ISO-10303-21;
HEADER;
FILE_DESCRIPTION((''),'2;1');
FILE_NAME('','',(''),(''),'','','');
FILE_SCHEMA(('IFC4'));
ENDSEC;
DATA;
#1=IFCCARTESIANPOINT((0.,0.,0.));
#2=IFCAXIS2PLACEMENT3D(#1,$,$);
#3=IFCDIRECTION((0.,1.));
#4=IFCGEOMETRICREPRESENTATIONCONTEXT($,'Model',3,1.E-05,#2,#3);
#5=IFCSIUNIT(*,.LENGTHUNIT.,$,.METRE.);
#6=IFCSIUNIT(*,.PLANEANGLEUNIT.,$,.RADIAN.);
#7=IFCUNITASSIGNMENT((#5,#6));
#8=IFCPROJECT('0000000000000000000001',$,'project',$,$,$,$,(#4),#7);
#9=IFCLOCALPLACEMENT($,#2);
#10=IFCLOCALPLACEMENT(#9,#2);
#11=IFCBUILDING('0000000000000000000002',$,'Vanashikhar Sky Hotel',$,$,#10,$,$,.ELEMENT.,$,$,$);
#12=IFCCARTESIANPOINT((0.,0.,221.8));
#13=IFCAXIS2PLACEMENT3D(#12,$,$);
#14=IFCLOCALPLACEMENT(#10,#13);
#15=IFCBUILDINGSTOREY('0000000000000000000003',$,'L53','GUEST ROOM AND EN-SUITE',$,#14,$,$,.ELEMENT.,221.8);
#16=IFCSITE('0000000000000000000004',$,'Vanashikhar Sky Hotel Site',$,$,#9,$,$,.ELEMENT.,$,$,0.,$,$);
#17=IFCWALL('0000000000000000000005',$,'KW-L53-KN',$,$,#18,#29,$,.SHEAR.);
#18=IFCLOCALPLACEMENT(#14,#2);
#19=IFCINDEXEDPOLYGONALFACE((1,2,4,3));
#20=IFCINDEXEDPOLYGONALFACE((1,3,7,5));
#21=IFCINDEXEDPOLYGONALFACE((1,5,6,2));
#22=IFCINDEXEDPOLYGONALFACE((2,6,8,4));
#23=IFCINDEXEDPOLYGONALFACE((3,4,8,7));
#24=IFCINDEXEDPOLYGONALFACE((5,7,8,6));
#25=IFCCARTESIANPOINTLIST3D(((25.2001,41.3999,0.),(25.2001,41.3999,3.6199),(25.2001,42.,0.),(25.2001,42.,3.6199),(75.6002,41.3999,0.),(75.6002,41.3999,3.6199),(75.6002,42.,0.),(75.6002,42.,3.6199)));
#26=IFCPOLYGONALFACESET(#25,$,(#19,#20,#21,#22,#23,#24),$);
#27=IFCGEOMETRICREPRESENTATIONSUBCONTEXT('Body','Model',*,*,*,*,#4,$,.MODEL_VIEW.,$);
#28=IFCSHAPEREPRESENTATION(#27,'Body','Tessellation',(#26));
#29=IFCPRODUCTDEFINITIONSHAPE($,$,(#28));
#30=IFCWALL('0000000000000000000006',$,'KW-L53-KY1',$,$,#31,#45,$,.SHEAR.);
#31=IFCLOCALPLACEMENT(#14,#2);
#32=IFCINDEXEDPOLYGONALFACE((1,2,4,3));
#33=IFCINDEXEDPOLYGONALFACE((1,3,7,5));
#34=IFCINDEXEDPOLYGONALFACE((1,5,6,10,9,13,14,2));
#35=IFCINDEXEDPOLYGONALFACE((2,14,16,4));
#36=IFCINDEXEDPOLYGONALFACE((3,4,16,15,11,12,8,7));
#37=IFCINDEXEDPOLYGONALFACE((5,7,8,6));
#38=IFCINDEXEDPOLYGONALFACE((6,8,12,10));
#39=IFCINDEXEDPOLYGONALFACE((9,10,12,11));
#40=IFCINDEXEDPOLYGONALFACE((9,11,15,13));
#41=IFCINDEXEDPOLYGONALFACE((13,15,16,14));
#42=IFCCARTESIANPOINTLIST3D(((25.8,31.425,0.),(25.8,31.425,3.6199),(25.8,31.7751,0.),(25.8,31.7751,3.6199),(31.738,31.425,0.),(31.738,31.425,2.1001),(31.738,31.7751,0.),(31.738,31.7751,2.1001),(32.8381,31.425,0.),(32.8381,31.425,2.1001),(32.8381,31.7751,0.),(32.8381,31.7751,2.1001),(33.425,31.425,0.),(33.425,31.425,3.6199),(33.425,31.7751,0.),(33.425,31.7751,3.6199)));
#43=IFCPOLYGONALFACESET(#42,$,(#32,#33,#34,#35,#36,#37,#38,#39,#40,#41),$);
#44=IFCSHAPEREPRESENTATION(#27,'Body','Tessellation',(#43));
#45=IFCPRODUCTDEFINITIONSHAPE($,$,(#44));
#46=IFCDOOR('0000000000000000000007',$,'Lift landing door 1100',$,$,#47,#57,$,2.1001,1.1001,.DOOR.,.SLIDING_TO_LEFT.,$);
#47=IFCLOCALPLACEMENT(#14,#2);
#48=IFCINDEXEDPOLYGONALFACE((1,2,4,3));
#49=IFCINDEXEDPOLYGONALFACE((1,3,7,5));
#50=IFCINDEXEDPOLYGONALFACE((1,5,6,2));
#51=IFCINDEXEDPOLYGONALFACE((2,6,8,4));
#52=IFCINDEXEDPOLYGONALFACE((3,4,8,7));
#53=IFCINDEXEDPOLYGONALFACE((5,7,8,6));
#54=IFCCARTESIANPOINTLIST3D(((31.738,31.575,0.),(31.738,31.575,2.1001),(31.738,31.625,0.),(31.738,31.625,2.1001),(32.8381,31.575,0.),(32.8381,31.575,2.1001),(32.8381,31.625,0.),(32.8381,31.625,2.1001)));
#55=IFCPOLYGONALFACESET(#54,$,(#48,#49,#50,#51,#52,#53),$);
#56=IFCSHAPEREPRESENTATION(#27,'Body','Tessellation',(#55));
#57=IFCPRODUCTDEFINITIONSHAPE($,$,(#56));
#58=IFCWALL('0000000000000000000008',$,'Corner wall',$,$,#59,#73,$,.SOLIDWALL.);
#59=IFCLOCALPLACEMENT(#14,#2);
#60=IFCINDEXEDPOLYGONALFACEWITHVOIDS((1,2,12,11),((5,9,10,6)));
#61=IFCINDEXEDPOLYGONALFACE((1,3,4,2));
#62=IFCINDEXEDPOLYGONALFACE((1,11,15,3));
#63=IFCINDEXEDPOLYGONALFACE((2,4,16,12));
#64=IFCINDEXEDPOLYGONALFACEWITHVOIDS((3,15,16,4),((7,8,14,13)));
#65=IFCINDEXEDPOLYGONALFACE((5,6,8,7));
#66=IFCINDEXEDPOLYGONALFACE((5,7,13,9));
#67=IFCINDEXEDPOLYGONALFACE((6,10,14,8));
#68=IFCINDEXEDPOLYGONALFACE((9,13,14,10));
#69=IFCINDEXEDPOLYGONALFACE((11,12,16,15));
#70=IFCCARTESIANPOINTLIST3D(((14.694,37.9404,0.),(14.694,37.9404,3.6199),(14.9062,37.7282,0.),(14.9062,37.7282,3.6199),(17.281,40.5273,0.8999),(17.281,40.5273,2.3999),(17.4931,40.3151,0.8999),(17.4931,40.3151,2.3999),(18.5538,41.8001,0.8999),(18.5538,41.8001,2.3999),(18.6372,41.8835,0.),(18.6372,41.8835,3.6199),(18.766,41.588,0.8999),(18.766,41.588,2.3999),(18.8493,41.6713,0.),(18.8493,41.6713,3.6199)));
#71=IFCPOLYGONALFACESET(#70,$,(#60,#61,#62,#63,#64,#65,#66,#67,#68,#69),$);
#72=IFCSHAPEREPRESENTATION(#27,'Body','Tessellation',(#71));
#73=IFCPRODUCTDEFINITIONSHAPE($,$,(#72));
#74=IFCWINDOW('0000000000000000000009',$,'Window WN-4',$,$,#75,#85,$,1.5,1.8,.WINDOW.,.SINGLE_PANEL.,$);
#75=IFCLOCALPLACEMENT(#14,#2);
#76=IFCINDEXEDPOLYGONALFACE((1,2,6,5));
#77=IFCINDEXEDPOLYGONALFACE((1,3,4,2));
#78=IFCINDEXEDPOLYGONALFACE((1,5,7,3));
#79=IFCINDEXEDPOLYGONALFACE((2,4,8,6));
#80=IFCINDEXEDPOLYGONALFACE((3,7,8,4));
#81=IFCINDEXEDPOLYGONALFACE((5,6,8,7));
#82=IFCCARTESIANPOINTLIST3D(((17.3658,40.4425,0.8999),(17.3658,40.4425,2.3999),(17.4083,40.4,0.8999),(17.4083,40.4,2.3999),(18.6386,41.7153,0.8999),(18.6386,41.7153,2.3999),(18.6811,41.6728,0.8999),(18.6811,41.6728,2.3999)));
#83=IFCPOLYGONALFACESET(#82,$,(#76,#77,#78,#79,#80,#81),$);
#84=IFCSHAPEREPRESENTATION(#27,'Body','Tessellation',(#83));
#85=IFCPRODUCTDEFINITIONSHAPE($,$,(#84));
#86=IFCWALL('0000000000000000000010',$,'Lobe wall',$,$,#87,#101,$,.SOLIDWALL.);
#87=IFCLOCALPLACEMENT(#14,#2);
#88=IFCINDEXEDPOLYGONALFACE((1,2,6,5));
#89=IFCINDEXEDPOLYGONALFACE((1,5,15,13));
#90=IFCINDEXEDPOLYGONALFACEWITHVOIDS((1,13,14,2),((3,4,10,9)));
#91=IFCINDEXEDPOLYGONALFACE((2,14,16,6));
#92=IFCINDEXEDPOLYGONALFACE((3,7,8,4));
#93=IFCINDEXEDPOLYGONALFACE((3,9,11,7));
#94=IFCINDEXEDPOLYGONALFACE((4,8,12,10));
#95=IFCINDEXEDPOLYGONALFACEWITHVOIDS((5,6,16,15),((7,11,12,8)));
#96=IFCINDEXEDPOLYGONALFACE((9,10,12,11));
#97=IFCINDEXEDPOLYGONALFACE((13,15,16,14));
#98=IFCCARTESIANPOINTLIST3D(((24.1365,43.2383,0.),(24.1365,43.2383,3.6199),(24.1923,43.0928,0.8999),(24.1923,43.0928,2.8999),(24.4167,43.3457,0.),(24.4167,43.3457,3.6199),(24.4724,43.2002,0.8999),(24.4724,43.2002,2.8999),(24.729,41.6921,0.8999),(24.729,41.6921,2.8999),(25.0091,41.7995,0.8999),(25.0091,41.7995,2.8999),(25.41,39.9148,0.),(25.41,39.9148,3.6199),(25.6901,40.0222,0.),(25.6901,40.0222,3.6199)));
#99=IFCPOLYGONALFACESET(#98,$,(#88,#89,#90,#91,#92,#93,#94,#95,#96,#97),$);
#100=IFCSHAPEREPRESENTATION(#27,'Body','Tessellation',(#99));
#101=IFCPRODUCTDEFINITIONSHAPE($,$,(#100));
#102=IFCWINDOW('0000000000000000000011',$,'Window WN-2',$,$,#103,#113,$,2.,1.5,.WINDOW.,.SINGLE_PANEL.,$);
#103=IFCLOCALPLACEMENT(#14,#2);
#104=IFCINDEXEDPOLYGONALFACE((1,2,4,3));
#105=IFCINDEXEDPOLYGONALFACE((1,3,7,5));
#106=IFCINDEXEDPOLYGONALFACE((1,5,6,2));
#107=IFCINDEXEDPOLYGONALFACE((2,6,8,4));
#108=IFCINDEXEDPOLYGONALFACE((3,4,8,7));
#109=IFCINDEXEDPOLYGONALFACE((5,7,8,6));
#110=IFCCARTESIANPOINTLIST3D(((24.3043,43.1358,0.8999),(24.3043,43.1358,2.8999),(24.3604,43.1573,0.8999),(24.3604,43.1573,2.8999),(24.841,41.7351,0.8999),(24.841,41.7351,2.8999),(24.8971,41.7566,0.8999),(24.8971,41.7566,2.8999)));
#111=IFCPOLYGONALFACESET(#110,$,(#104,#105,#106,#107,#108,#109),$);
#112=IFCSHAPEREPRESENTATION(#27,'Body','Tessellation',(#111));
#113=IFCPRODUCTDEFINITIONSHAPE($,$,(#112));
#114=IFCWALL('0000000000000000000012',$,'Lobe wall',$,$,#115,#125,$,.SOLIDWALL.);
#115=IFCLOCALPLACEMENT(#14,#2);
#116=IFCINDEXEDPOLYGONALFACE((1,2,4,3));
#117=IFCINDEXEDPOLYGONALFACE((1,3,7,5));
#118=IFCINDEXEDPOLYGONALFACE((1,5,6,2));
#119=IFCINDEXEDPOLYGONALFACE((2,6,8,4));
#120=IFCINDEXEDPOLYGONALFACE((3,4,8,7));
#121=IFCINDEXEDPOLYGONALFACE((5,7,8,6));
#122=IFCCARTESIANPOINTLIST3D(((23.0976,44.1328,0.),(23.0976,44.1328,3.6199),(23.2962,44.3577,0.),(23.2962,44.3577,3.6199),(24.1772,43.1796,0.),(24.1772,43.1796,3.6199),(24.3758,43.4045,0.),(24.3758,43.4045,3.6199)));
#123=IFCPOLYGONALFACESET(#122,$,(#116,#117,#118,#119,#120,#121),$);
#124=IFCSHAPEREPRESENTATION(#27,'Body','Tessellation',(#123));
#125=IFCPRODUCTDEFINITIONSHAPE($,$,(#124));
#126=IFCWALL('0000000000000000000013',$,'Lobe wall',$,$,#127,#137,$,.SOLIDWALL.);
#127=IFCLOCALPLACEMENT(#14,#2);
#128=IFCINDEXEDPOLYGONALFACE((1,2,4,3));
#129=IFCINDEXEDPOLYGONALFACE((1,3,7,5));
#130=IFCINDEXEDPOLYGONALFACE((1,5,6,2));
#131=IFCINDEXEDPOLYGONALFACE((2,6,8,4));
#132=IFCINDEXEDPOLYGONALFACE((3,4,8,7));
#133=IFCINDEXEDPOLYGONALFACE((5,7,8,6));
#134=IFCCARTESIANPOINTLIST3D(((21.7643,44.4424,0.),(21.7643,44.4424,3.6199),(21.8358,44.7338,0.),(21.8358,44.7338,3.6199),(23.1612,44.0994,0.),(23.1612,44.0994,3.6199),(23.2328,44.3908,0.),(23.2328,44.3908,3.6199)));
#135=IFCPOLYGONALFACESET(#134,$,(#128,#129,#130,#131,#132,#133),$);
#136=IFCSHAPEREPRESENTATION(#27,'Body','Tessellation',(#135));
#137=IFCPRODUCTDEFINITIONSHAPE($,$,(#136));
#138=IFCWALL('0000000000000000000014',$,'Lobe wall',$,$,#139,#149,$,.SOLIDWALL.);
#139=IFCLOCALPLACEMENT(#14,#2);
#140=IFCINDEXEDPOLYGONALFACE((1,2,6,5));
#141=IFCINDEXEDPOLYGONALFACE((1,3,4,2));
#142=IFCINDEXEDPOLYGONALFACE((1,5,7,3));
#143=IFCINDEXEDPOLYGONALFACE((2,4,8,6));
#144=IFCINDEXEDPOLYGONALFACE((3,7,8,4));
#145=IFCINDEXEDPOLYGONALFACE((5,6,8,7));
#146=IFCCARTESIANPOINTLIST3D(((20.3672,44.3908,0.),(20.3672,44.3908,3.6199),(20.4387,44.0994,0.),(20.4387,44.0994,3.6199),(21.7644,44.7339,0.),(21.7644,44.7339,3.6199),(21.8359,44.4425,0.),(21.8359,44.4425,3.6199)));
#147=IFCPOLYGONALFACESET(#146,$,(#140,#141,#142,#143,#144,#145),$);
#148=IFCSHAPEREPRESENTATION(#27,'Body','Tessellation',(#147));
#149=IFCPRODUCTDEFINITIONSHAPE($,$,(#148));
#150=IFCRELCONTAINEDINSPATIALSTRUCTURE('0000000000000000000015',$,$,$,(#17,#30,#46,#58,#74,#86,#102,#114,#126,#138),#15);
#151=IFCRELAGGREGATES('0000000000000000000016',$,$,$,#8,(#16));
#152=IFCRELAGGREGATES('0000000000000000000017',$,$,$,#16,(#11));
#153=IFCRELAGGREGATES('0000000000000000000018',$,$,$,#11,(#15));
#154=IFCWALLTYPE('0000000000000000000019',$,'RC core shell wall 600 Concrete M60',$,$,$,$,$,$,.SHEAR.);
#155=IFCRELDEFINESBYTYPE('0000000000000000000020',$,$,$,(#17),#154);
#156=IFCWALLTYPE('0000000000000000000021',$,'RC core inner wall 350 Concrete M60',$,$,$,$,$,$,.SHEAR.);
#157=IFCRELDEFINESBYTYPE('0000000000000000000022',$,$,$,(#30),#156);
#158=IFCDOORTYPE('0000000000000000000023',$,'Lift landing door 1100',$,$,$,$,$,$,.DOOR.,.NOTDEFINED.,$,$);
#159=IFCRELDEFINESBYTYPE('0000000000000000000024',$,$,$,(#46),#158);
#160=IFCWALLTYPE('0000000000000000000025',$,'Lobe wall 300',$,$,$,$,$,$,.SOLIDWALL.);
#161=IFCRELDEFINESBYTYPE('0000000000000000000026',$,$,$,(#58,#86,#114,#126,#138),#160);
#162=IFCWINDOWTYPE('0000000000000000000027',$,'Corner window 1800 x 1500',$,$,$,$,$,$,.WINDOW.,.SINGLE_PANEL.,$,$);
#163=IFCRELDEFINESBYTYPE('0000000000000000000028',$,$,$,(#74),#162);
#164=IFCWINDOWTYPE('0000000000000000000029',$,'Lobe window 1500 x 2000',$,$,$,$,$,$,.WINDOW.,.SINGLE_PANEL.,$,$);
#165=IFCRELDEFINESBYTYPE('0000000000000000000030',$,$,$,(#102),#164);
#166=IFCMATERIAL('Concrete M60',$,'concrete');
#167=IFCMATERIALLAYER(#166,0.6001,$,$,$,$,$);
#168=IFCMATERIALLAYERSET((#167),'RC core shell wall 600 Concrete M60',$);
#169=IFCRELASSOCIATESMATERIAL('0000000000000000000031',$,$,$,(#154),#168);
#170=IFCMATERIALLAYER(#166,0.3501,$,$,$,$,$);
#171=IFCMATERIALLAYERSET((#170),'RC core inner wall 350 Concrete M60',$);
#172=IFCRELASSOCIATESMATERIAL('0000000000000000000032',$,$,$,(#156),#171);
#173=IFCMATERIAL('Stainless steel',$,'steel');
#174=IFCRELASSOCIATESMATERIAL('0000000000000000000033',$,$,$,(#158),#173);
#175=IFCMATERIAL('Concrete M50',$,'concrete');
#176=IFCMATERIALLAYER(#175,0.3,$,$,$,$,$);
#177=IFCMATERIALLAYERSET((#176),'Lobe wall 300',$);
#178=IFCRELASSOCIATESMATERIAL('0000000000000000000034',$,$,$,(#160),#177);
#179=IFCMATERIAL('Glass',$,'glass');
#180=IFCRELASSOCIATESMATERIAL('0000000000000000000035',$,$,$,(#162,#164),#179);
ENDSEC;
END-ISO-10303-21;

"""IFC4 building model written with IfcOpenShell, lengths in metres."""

from ifc_helpers import new_model, si_unit, direction, frame, frame_2d, origin, place, context, subcontext, project, spatial, rectangle, extrude, source, transform, mapped, material, layer, layer_set, type_object, element, fill, save


model = new_model("IFC4")

# Units and contexts
model_context = context("Model", 3, precision=1e-05, world=origin(), true_north=direction((0.0, 1.0)))
body_context = subcontext(model_context, "Body", "Model", "MODEL_VIEW")
ifc_project = project(units=[si_unit("LENGTHUNIT", "METRE"), si_unit("PLANEANGLEUNIT", "RADIAN")], contexts=[model_context])

# Site, building, storey
site_placement = place(None, origin())
site = spatial("IfcSite", under=ifc_project, at=site_placement, Name="Vanashikhar Sky Hotel Site", CompositionType="ELEMENT", RefElevation=0.0)
building_placement = place(site_placement, origin())
building = spatial("IfcBuilding", under=site, at=building_placement, Name="Vanashikhar Sky Hotel", CompositionType="ELEMENT")
storey_placement = place(building_placement, frame((0.0, 0.0, 221.8)))
storey = spatial("IfcBuildingStorey", under=building, at=storey_placement, Name="L53", Description="GUEST ROOM AND EN-SUITE", CompositionType="ELEMENT", Elevation=221.8)

# Wall
ifc_material_1 = material(Name="Concrete M60", Category="concrete")
ifc_layer_1 = layer(ifc_material_1, 0.6001)
ifc_layer_set_1 = layer_set([ifc_layer_1], Name="RC core shell wall 600 Concrete M60")
wall_type_1 = type_object("IfcWallType", Name="RC core shell wall 600 Concrete M60", PredefinedType="SHEAR", material=ifc_layer_set_1)
shared_shape_1 = source(origin(), body_context, "Body", "SweptSolid", [
    extrude(rectangle(XDim=50.4001, YDim=0.6001, at=frame_2d((25.2002, 0.0))), origin(), (0.0, 0.0, 1.0), 3.6199),
])
wall_1_placement = place(storey_placement, frame((25.2, 41.7, 0.0), z_axis=(0.0, 0.0, 1.0), x_axis=(1.0, 0.0, 0.0)))
element("IfcWall", 1, at=wall_1_placement, inside=storey, type_object=wall_type_1, Name="KW-L53-KN", PredefinedType="SHEAR", context=body_context, shape_type="MappedRepresentation", body=[
    mapped(shared_shape_1, transform((0.0, 0.0, 0.0), scale=1.0)),
])

# Wall, opening, door
ifc_layer_2 = layer(ifc_material_1, 0.3501)
ifc_layer_set_2 = layer_set([ifc_layer_2], Name="RC core inner wall 350 Concrete M60")
wall_type_2 = type_object("IfcWallType", Name="RC core inner wall 350 Concrete M60", PredefinedType="SHEAR", material=ifc_layer_set_2)
shared_shape_2 = source(origin(), body_context, "Body", "SweptSolid", [
    extrude(rectangle(XDim=7.625, YDim=0.3501, at=frame_2d((3.8125, 0.0))), origin(), (0.0, 0.0, 1.0), 3.6199),
])
wall_2_placement = place(storey_placement, frame((25.8, 31.6001, 0.0), z_axis=(0.0, 0.0, 1.0), x_axis=(1.0, 0.0, 0.0)))
wall_2 = element("IfcWall", 2, at=wall_2_placement, inside=storey, type_object=wall_type_2, Name="KW-L53-KY1", PredefinedType="SHEAR", context=body_context, shape_type="MappedRepresentation", body=[
    mapped(shared_shape_2, transform((0.0, 0.0, 0.0), scale=1.0)),
])
shared_shape_3 = source(origin(), body_context, "Body", "SweptSolid", [
    extrude(rectangle(XDim=1.1001, YDim=2.1001, at=frame_2d((0.55, 1.05))), frame((0.0, 0.1851, 0.0), z_axis=(0.0, -1.0, 0.0), x_axis=(1.0, 0.0, 0.0)), (0.0, 0.0, 1.0), 0.3701),
])
opening_1_placement = place(wall_2_placement, frame((5.938, 0.0, 0.0)))
opening_1 = element("IfcOpeningElement", 3, at=opening_1_placement, cuts=wall_2, PredefinedType="OPENING", context=body_context, shape_type="MappedRepresentation", body=[
    mapped(shared_shape_3, transform((0.0, 0.0, 0.0), scale=1.0)),
])
ifc_material_2 = material(Name="Stainless steel", Category="steel")
door_type_1 = type_object("IfcDoorType", Name="Lift landing door 1100", OperationType="NOTDEFINED", PredefinedType="DOOR", material=ifc_material_2)
shared_shape_4 = source(origin(), body_context, "Body", "SweptSolid", [
    extrude(rectangle(XDim=1.1001, YDim=2.1001, at=frame_2d((0.55, 1.05))), frame((0.0, 0.0249, 0.0), z_axis=(0.0, -1.0, 0.0), x_axis=(1.0, 0.0, 0.0)), (0.0, 0.0, 1.0), 0.05),
])
door_1_placement = place(opening_1_placement, origin())
door_1 = element("IfcDoor", 4, at=door_1_placement, inside=storey, type_object=door_type_1, Name="Lift landing door 1100", OperationType="SLIDING_TO_LEFT", OverallHeight=2.1001, OverallWidth=1.1001, PredefinedType="DOOR", context=body_context, shape_type="MappedRepresentation", body=[
    mapped(shared_shape_4, transform((0.0, 0.0, 0.0), scale=1.0)),
])
fill(opening_1, door_1)

# Walls, openings, windows
ifc_material_3 = material(Name="Concrete M50", Category="concrete")
ifc_layer_3 = layer(ifc_material_3, 0.3)
ifc_layer_set_3 = layer_set([ifc_layer_3], Name="Lobe wall 300")
wall_type_3 = type_object("IfcWallType", Name="Lobe wall 300", PredefinedType="SOLIDWALL", material=ifc_layer_set_3)
shared_shape_5 = source(origin(), body_context, "Body", "SweptSolid", [
    extrude(rectangle(XDim=5.5764, YDim=0.3, at=frame_2d((2.7881, 0.0))), origin(), (0.0, 0.0, 1.0), 3.6199),
])
wall_3_placement = place(storey_placement, frame((18.7432, 41.7773, 0.0), z_axis=(0.0, 0.0, 1.0), x_axis=(-0.707107, -0.707107, 0.0)))
wall_3 = element("IfcWall", 5, at=wall_3_placement, inside=storey, type_object=wall_type_3, Name="Corner wall", PredefinedType="SOLIDWALL", context=body_context, shape_type="MappedRepresentation", body=[
    mapped(shared_shape_5, transform((0.0, 0.0, 0.0), scale=1.0)),
])
shared_shape_6 = source(origin(), body_context, "Body", "SweptSolid", [
    extrude(rectangle(XDim=1.8, YDim=1.5, at=frame_2d((0.8999, 0.75))), frame((0.0, 0.1602, 0.0), z_axis=(0.0, -1.0, 0.0), x_axis=(1.0, 0.0, 0.0)), (0.0, 0.0, 1.0), 0.3201),
])
opening_2_placement = place(wall_3_placement, frame((0.1179, 0.0, 0.8999)))
opening_2 = element("IfcOpeningElement", 6, at=opening_2_placement, cuts=wall_3, PredefinedType="OPENING", context=body_context, shape_type="MappedRepresentation", body=[
    mapped(shared_shape_6, transform((0.0, 0.0, 0.0), scale=1.0)),
])
ifc_material_4 = material(Name="Glass", Category="glass")
window_type_1 = type_object("IfcWindowType", Name="Corner window 1800 x 1500", PartitioningType="SINGLE_PANEL", PredefinedType="WINDOW", material=ifc_material_4)
shared_shape_7 = source(origin(), body_context, "Body", "SweptSolid", [
    extrude(rectangle(XDim=1.8, YDim=1.5, at=frame_2d((0.8999, 0.75))), frame((0.0, 0.03, 0.0), z_axis=(0.0, -1.0, 0.0), x_axis=(1.0, 0.0, 0.0)), (0.0, 0.0, 1.0), 0.0601),
])
window_1_placement = place(opening_2_placement, origin())
window_1 = element("IfcWindow", 7, at=window_1_placement, inside=storey, type_object=window_type_1, Name="Window WN-4", OverallHeight=1.5, OverallWidth=1.8, PartitioningType="SINGLE_PANEL", PredefinedType="WINDOW", context=body_context, shape_type="MappedRepresentation", body=[
    mapped(shared_shape_7, transform((0.0, 0.0, 0.0), scale=1.0)),
])
fill(opening_2, window_1)
shared_shape_8 = source(origin(), body_context, "Body", "SweptSolid", [
    extrude(rectangle(XDim=3.5591, YDim=0.3, at=frame_2d((1.7795, 0.0))), origin(), (0.0, 0.0, 1.0), 3.6199),
])
wall_4_placement = place(storey_placement, frame((25.55, 39.9685, 0.0), z_axis=(0.0, 0.0, 1.0), x_axis=(-0.357797, 0.933799, 0.0)))
wall_4 = element("IfcWall", 8, at=wall_4_placement, inside=storey, type_object=wall_type_3, Name="Lobe wall", PredefinedType="SOLIDWALL", context=body_context, shape_type="MappedRepresentation", body=[
    mapped(shared_shape_8, transform((0.0, 0.0, 0.0), scale=1.0)),
])
shared_shape_9 = source(origin(), body_context, "Body", "SweptSolid", [
    extrude(rectangle(XDim=1.5, YDim=2.0, at=frame_2d((0.75, 1.0))), frame((0.0, 0.1602, 0.0), z_axis=(0.0, -1.0, 0.0), x_axis=(1.0, 0.0, 0.0)), (0.0, 0.0, 1.0), 0.3201),
])
opening_3_placement = place(wall_4_placement, frame((1.9033, 0.0, 0.8999)))
opening_3 = element("IfcOpeningElement", 9, at=opening_3_placement, cuts=wall_4, PredefinedType="OPENING", context=body_context, shape_type="MappedRepresentation", body=[
    mapped(shared_shape_9, transform((0.0, 0.0, 0.0), scale=1.0)),
])
window_type_2 = type_object("IfcWindowType", Name="Lobe window 1500 x 2000", PartitioningType="SINGLE_PANEL", PredefinedType="WINDOW", material=ifc_material_4)
shared_shape_10 = source(origin(), body_context, "Body", "SweptSolid", [
    extrude(rectangle(XDim=1.5, YDim=2.0, at=frame_2d((0.75, 1.0))), frame((0.0, 0.03, 0.0), z_axis=(0.0, -1.0, 0.0), x_axis=(1.0, 0.0, 0.0)), (0.0, 0.0, 1.0), 0.0601),
])
window_2_placement = place(opening_3_placement, origin())
window_2 = element("IfcWindow", 10, at=window_2_placement, inside=storey, type_object=window_type_2, Name="Window WN-2", OverallHeight=2.0, OverallWidth=1.5, PartitioningType="SINGLE_PANEL", PredefinedType="WINDOW", context=body_context, shape_type="MappedRepresentation", body=[
    mapped(shared_shape_10, transform((0.0, 0.0, 0.0), scale=1.0)),
])
fill(opening_3, window_2)

# Walls
shared_shape_11 = source(origin(), body_context, "Body", "SweptSolid", [
    extrude(rectangle(XDim=1.4402, YDim=0.3, at=frame_2d((0.7202, 0.0))), origin(), (0.0, 0.0, 1.0), 3.6199),
])
wall_5_placement = place(storey_placement, frame((24.2766, 43.292, 0.0), z_axis=(0.0, 0.0, 1.0), x_axis=(-0.74965, 0.661835, 0.0)))
element("IfcWall", 11, at=wall_5_placement, inside=storey, type_object=wall_type_3, Name="Lobe wall", PredefinedType="SOLIDWALL", context=body_context, shape_type="MappedRepresentation", body=[
    mapped(shared_shape_11, transform((0.0, 0.0, 0.0), scale=1.0)),
])
shared_shape_12 = source(origin(), body_context, "Body", "SweptSolid", [
    extrude(rectangle(XDim=1.4385, YDim=0.3, at=frame_2d((0.7192, 0.0))), origin(), (0.0, 0.0, 1.0), 3.6199),
])
wall_6_placement = place(storey_placement, frame((23.197, 44.2451, 0.0), z_axis=(0.0, 0.0, 1.0), x_axis=(-0.971152, 0.23846, 0.0)))
element("IfcWall", 12, at=wall_6_placement, inside=storey, type_object=wall_type_3, Name="Lobe wall", PredefinedType="SOLIDWALL", context=body_context, shape_type="MappedRepresentation", body=[
    mapped(shared_shape_12, transform((0.0, 0.0, 0.0), scale=1.0)),
])
shared_shape_13 = source(origin(), body_context, "Body", "SweptSolid", [
    extrude(rectangle(XDim=1.4387, YDim=0.3, at=frame_2d((0.7192, 0.0))), origin(), (0.0, 0.0, 1.0), 3.6199),
])
wall_7_placement = place(storey_placement, frame((21.8, 44.5881, 0.0), z_axis=(0.0, 0.0, 1.0), x_axis=(-0.971162, -0.238421, 0.0)))
element("IfcWall", 13, at=wall_7_placement, inside=storey, type_object=wall_type_3, Name="Lobe wall", PredefinedType="SOLIDWALL", context=body_context, shape_type="MappedRepresentation", body=[
    mapped(shared_shape_13, transform((0.0, 0.0, 0.0), scale=1.0)),
])

save(model, "model.ifc")
